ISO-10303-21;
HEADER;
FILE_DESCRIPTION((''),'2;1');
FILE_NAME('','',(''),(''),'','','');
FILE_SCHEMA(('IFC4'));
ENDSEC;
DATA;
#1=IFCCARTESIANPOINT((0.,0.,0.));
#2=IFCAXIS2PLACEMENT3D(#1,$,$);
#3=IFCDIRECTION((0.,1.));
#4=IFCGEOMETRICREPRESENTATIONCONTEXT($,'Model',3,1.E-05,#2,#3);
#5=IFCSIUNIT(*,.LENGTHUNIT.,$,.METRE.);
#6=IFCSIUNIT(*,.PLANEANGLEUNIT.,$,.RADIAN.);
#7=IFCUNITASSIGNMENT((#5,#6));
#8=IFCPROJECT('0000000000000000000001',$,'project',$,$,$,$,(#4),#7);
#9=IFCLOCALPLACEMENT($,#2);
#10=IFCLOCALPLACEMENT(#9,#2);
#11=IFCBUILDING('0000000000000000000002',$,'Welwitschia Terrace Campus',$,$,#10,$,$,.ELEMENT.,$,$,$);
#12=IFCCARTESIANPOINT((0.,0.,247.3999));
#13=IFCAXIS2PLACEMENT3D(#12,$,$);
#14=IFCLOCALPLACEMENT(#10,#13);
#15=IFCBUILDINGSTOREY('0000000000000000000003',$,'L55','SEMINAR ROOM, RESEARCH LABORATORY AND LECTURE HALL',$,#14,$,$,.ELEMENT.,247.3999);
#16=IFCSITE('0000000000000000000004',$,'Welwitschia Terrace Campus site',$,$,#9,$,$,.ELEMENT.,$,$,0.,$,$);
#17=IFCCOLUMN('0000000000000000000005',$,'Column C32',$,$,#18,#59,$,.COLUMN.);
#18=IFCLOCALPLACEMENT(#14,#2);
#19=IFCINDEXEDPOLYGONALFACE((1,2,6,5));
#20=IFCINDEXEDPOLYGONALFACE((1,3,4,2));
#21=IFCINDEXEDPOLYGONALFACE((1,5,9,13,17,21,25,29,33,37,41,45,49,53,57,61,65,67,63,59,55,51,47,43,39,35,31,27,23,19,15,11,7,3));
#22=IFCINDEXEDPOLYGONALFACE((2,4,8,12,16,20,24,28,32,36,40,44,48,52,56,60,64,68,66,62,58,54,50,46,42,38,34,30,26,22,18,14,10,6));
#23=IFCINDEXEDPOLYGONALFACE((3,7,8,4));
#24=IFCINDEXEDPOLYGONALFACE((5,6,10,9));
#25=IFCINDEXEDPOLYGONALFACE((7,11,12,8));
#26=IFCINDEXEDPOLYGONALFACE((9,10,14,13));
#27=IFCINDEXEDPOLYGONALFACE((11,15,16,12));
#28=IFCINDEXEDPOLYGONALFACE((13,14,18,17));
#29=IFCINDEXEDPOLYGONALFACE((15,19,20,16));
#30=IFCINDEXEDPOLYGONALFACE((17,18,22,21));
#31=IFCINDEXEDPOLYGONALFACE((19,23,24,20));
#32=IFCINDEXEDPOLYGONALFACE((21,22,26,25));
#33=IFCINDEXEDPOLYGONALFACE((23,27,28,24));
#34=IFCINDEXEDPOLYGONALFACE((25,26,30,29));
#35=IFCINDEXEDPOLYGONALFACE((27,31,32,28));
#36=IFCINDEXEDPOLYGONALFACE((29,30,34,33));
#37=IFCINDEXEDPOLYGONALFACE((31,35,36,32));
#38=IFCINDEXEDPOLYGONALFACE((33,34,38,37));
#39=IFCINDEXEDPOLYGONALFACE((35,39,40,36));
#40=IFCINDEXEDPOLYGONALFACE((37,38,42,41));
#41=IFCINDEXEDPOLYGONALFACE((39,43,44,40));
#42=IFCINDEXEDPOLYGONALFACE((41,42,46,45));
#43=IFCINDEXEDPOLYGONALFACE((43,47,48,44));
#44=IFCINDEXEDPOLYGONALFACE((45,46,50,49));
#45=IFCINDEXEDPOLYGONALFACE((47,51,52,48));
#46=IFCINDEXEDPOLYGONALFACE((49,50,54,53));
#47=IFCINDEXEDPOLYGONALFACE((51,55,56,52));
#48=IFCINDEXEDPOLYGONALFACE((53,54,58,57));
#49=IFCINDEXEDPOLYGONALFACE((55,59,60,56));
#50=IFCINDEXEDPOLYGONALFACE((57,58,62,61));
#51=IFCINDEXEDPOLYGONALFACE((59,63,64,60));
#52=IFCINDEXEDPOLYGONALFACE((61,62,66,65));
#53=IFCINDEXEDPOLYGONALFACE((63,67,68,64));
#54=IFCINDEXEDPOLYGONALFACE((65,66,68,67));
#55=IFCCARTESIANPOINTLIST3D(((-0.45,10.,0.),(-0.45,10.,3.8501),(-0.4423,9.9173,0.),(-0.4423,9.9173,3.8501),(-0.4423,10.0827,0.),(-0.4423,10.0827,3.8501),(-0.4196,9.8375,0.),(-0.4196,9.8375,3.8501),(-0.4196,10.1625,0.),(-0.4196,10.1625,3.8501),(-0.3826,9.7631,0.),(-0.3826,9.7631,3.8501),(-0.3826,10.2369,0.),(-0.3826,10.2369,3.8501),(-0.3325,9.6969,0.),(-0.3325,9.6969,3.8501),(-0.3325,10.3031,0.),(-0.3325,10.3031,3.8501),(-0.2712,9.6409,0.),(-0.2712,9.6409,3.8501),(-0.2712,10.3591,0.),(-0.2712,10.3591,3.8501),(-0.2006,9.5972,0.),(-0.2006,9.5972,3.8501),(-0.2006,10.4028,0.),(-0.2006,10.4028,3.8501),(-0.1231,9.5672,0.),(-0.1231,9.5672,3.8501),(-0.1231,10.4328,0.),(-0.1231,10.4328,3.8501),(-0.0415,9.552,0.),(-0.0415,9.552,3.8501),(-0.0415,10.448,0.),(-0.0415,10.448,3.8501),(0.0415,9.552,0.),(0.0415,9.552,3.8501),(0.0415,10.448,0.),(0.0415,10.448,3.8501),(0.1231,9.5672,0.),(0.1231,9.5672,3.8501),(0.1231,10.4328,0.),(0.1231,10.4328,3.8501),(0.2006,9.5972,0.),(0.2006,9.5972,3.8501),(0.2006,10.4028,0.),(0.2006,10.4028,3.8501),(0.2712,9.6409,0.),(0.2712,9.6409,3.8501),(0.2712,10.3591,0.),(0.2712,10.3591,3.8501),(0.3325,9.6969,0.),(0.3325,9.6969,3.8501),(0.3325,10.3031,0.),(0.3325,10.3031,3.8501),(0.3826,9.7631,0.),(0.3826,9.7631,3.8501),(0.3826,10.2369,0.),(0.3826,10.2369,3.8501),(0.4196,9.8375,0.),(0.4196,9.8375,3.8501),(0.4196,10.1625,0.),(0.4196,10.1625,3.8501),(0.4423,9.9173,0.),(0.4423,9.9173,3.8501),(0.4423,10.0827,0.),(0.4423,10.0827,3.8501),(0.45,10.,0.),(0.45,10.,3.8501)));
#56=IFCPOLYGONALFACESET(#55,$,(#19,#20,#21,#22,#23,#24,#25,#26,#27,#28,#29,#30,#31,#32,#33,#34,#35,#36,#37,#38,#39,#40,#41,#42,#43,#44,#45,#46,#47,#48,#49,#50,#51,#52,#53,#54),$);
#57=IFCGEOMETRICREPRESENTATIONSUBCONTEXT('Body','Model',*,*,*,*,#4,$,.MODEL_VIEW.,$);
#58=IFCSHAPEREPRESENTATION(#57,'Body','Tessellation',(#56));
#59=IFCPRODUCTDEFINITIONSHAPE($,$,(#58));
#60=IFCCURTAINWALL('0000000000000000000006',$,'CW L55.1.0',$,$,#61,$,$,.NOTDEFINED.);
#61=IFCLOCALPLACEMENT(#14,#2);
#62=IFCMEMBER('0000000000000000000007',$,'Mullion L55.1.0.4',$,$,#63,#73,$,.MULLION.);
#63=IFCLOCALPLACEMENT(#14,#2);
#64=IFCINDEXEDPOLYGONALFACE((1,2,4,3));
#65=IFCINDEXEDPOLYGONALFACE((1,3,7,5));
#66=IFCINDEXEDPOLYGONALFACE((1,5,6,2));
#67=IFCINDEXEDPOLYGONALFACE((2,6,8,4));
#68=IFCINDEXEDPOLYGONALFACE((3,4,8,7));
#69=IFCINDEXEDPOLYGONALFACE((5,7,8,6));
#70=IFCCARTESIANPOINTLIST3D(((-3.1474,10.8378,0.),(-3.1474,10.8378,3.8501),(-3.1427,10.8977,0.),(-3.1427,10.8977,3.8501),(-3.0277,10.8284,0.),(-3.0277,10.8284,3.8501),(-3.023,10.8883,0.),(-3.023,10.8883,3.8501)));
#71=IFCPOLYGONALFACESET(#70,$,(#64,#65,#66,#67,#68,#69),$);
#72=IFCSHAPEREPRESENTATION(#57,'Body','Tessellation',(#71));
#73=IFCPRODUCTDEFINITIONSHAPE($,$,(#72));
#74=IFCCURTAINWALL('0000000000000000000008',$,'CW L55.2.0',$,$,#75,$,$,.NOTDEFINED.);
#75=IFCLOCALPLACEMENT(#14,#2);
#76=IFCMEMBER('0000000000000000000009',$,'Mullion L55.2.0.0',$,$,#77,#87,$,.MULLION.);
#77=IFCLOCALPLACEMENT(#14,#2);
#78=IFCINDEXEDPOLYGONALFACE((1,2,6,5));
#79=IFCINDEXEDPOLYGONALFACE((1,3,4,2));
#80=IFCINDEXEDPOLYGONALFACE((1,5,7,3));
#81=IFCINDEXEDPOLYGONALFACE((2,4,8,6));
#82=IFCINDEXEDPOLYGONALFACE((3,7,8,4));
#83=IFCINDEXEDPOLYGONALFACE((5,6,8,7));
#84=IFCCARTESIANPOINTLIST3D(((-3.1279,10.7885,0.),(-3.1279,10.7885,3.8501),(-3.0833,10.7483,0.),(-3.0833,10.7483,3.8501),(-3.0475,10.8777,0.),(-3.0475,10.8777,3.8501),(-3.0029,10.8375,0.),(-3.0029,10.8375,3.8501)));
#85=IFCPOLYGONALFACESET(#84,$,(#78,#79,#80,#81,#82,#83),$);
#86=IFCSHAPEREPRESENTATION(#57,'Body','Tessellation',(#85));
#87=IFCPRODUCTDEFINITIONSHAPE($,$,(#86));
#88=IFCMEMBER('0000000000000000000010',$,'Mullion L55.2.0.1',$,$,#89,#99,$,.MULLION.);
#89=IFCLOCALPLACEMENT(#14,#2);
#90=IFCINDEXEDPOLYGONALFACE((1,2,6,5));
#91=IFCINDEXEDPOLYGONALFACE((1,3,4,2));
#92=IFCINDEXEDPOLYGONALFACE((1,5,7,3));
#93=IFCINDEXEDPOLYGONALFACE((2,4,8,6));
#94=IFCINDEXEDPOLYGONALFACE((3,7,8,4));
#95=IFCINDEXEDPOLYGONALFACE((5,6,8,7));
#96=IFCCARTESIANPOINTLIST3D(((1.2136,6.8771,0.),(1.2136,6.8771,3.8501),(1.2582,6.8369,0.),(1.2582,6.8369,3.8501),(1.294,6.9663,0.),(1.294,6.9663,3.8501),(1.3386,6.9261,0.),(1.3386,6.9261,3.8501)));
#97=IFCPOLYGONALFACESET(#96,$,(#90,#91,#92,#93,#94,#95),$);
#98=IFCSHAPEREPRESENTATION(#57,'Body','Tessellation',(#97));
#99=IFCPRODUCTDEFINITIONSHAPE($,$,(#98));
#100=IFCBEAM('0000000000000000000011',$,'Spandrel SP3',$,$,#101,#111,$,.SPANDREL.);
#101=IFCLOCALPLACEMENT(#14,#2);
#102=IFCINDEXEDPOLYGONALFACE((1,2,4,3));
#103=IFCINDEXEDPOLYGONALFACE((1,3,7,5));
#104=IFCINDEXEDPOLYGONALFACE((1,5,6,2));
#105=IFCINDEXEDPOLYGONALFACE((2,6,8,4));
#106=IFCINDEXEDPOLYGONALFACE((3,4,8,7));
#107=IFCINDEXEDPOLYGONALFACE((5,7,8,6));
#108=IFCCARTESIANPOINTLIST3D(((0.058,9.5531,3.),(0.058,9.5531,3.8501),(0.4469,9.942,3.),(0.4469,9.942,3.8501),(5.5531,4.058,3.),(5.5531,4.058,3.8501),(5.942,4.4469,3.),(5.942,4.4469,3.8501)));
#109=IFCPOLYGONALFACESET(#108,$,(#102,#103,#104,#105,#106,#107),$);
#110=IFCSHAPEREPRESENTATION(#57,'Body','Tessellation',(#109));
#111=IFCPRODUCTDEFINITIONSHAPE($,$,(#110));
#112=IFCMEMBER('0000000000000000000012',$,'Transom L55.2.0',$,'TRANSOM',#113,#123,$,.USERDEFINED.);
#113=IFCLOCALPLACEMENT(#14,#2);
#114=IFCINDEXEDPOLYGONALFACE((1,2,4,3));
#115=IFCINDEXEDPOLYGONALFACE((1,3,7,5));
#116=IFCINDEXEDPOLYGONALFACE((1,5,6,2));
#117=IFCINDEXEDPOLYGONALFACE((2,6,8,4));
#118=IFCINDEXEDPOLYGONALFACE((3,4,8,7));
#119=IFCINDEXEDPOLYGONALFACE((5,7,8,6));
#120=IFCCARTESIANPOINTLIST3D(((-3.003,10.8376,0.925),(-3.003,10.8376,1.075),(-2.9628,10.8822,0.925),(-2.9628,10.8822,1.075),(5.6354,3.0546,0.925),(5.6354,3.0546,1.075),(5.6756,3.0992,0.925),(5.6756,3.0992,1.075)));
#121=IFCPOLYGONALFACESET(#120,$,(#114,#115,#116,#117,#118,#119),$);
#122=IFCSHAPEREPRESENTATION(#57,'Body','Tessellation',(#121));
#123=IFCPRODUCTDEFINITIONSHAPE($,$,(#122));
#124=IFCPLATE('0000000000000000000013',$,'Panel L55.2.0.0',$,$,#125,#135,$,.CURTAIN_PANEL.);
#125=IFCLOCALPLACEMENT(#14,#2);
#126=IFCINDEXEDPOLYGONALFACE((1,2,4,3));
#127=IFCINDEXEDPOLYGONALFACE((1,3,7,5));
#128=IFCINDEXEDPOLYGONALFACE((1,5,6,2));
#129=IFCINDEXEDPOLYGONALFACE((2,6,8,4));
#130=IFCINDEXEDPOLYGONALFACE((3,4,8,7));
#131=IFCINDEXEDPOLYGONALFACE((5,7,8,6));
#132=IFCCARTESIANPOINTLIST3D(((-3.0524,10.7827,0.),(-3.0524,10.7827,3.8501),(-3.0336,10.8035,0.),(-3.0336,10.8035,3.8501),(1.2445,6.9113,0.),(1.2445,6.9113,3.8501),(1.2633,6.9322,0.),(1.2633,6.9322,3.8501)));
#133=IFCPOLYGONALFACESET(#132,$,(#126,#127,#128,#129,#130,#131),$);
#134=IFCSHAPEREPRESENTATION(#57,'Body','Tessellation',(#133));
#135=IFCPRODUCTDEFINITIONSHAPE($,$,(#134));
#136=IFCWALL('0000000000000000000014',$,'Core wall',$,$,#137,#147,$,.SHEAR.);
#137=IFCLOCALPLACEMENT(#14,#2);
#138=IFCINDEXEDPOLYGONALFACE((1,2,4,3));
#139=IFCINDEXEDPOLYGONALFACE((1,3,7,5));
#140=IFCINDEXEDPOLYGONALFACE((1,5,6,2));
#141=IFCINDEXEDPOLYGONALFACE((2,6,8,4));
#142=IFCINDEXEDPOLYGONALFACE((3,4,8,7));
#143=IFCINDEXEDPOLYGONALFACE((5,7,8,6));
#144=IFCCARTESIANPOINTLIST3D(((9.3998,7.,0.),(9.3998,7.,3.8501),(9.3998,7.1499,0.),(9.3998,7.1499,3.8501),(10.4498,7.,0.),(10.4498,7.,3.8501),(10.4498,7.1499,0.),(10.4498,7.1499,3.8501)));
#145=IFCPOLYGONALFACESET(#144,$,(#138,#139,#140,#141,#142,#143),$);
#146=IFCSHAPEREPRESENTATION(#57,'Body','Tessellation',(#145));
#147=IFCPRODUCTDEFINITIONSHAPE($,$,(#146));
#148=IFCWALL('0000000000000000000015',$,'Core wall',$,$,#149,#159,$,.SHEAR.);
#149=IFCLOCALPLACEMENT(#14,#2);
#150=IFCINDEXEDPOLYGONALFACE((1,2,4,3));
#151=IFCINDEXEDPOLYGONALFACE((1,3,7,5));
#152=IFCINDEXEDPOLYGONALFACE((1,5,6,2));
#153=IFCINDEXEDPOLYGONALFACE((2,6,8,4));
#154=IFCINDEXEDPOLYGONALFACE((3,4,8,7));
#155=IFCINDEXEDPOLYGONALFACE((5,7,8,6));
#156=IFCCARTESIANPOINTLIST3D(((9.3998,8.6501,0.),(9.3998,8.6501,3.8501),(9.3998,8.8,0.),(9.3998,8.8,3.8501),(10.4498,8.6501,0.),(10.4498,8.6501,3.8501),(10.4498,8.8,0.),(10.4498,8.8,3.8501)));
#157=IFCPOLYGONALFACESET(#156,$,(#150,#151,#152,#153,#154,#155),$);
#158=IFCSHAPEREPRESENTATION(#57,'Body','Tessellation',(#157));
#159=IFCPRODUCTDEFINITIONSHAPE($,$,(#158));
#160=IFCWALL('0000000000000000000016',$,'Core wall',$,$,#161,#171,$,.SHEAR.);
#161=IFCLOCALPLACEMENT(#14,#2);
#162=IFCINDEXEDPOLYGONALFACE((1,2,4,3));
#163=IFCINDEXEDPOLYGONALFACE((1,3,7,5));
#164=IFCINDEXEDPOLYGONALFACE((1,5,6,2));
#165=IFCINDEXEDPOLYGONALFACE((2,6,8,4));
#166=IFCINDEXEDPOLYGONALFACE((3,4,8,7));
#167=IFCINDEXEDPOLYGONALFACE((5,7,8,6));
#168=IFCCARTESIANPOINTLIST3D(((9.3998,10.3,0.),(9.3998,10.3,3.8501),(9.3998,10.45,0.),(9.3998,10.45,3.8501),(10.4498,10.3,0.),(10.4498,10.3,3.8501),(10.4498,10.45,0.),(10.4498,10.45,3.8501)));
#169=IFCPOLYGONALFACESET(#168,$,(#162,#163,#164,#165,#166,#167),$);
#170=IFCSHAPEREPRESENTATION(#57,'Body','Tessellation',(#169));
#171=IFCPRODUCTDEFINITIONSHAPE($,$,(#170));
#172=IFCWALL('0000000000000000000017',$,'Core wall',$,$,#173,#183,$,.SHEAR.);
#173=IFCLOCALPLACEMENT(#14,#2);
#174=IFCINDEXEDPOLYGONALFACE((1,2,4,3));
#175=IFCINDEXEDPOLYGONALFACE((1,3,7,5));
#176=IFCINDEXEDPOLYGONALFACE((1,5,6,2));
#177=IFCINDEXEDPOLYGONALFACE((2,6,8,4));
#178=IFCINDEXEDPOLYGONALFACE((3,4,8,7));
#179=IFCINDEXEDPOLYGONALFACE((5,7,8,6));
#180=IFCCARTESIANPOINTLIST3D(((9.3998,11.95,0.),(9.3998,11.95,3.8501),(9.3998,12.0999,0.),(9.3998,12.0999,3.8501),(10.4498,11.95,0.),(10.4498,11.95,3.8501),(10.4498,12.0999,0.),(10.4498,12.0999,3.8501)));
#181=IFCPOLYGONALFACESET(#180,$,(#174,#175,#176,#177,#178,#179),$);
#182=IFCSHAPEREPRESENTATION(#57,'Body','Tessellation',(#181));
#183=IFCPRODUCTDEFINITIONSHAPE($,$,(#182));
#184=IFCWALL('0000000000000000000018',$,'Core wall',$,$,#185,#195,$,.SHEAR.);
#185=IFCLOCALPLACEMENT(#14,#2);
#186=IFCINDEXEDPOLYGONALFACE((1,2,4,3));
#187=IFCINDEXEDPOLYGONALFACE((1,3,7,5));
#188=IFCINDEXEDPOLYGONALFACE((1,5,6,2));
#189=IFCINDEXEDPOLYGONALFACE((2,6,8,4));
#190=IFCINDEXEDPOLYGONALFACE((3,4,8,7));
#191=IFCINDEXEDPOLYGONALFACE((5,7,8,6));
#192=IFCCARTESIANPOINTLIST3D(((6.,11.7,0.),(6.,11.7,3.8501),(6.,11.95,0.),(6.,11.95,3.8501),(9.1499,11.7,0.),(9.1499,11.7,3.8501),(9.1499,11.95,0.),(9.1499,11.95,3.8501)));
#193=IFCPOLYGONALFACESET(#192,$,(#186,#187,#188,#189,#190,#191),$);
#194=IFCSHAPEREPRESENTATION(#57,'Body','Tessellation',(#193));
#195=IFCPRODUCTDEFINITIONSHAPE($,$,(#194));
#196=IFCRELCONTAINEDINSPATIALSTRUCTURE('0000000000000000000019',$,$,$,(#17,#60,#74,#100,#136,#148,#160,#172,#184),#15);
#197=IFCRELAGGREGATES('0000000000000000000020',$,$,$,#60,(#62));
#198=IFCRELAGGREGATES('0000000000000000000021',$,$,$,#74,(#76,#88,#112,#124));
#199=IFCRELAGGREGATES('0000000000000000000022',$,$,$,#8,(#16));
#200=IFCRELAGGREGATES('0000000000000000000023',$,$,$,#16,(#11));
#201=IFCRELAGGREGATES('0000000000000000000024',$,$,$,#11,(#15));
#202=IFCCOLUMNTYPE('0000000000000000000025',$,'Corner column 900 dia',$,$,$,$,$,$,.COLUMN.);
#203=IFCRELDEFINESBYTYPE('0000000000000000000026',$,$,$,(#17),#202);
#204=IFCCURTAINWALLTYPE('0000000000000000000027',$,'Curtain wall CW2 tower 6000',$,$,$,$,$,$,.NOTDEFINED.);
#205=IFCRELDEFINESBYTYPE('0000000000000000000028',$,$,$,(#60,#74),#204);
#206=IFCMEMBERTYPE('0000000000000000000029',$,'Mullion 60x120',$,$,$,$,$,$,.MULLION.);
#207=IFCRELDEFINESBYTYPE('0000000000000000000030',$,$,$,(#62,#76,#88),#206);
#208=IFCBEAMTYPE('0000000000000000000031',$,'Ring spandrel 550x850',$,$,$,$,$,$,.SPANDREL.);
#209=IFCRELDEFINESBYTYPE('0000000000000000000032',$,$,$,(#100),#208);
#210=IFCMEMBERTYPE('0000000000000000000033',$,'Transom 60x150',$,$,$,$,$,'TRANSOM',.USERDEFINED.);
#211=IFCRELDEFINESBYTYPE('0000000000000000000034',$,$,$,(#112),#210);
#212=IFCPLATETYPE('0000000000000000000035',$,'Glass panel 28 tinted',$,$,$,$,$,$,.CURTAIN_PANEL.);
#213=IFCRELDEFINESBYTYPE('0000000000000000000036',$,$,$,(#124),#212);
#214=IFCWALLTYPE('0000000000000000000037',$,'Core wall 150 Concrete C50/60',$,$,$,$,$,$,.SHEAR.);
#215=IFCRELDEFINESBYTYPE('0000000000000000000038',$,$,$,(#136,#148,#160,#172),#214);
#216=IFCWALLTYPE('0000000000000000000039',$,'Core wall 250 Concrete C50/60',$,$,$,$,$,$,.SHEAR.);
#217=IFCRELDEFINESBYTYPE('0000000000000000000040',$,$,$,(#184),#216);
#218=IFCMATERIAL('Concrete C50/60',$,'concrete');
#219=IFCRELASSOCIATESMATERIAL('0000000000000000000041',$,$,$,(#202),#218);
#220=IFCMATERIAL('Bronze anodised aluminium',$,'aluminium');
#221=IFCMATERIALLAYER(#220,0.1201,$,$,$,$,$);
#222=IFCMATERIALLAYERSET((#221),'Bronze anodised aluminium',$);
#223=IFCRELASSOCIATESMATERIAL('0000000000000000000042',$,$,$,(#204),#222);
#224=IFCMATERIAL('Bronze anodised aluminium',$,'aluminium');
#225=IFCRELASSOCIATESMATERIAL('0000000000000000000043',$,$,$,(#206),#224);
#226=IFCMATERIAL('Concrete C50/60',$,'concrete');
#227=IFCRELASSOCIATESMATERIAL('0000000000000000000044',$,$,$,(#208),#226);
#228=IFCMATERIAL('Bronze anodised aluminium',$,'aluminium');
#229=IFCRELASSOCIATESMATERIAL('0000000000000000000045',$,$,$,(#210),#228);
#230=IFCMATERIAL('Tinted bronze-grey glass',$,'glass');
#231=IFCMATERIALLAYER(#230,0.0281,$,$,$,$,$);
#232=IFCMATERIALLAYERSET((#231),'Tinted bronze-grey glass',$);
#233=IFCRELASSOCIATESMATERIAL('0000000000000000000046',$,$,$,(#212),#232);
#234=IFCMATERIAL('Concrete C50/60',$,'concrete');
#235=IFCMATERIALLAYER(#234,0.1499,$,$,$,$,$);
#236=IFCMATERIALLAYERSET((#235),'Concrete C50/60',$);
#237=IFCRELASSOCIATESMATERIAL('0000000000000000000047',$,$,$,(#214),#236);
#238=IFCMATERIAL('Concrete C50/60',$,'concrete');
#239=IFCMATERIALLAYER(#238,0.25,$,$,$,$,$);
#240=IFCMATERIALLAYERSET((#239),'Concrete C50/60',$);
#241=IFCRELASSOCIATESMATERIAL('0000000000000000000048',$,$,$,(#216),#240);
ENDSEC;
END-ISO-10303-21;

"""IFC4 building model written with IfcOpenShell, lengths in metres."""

from ifc_helpers import new_model, si_unit, direction, frame, frame_2d, origin, origin_2d, place, context, subcontext, project, spatial, rectangle, circle, extrude, material, layer, layer_set, material_profile, profile_set, type_object, element, aggregate, save


model = new_model("IFC4")

# Units and contexts
model_context = context("Model", 3, precision=1e-05, world=origin(), true_north=direction((0.0, 1.0)))
body_context = subcontext(model_context, "Body", "Model", "MODEL_VIEW")
ifc_project = project(units=[si_unit("LENGTHUNIT", "METRE"), si_unit("PLANEANGLEUNIT", "RADIAN")], contexts=[model_context])

# Site, building, storey
site_placement = place(None, origin())
site = spatial("IfcSite", under=ifc_project, at=site_placement, Name="Welwitschia Terrace Campus site", CompositionType="ELEMENT", RefElevation=0.0)
building_placement = place(site_placement, origin())
building = spatial("IfcBuilding", under=site, at=building_placement, Name="Welwitschia Terrace Campus", CompositionType="ELEMENT")
storey_placement = place(building_placement, frame((0.0, 0.0, 247.3999)))
storey = spatial("IfcBuildingStorey", under=building, at=storey_placement, Name="L55", Description="SEMINAR ROOM, RESEARCH LABORATORY AND LECTURE HALL", CompositionType="ELEMENT", Elevation=247.3999)

# Column
ifc_material_1 = material(Name="Concrete C50/60", Category="concrete")
ifc_material_profile_1 = material_profile(ifc_material_1, circle(Radius=0.45, at=origin_2d()))
ifc_profile_set_1 = profile_set([ifc_material_profile_1], Name="Concrete C50/60")
column_type = type_object("IfcColumnType", Name="Corner column 900 dia", PredefinedType="COLUMN", material=ifc_profile_set_1)
column_placement = place(storey_placement, frame((0.0, 10.0, 0.0), z_axis=(0.0, 0.0, 1.0), x_axis=(1.0, 0.0, 0.0)))
element("IfcColumn", 1, at=column_placement, inside=storey, type_object=column_type, Name="Column C32", PredefinedType="COLUMN", context=body_context, shape_type="SweptSolid", body=[
    extrude(circle(Radius=0.45, at=origin_2d()), origin(), (0.0, 0.0, 1.0), 3.8501),
])

# Curtain wall, member
ifc_material_2 = material(Name="Bronze anodised aluminium", Category="aluminium")
ifc_layer_1 = layer(ifc_material_2, 0.1201)
ifc_layer_set_1 = layer_set([ifc_layer_1], Name="Bronze anodised aluminium")
curtain_wall_type = type_object("IfcCurtainWallType", Name="Curtain wall CW2 tower 6000", PredefinedType="NOTDEFINED", material=ifc_layer_set_1)
curtain_wall_1_placement = place(storey_placement, origin())
curtain_wall_1 = element("IfcCurtainWall", 2, at=curtain_wall_1_placement, inside=storey, type_object=curtain_wall_type, Name="CW L55.1.0", PredefinedType="NOTDEFINED")
ifc_material_3 = material(Name="Bronze anodised aluminium", Category="aluminium")
ifc_material_profile_2 = material_profile(ifc_material_3, rectangle(XDim=0.1201, YDim=0.0601, at=origin_2d()))
ifc_profile_set_2 = profile_set([ifc_material_profile_2], Name="Bronze anodised aluminium")
member_type_1 = type_object("IfcMemberType", Name="Mullion 60x120", PredefinedType="MULLION", material=ifc_profile_set_2)
member_1_placement = place(storey_placement, frame((-3.0852, 10.863, 0.0), z_axis=(0.0, 0.0, 1.0), x_axis=(0.996917, -0.078459, 0.0)))
member_1 = element("IfcMember", 3, at=member_1_placement, type_object=member_type_1, Name="Mullion L55.1.0.4", PredefinedType="MULLION", context=body_context, shape_type="SweptSolid", body=[
    extrude(rectangle(XDim=0.1201, YDim=0.0601, at=origin_2d()), origin(), (0.0, 0.0, 1.0), 3.8501),
])
aggregate(curtain_wall_1, [member_1])

# Curtain wall, members
curtain_wall_2_placement = place(storey_placement, origin())
curtain_wall_2 = element("IfcCurtainWall", 4, at=curtain_wall_2_placement, inside=storey, type_object=curtain_wall_type, Name="CW L55.2.0", PredefinedType="NOTDEFINED")
member_2_placement = place(storey_placement, frame((-3.0654, 10.813, 0.0), z_axis=(0.0, 0.0, 1.0), x_axis=(0.669359, 0.742939, 0.0)))
member_2 = element("IfcMember", 5, at=member_2_placement, type_object=member_type_1, Name="Mullion L55.2.0.0", PredefinedType="MULLION", context=body_context, shape_type="SweptSolid", body=[
    extrude(rectangle(XDim=0.1201, YDim=0.0601, at=origin_2d()), origin(), (0.0, 0.0, 1.0), 3.8501),
])
member_3_placement = place(storey_placement, frame((1.2761, 6.9016, 0.0), z_axis=(0.0, 0.0, 1.0), x_axis=(0.669359, 0.742939, 0.0)))
member_3 = element("IfcMember", 6, at=member_3_placement, type_object=member_type_1, Name="Mullion L55.2.0.1", PredefinedType="MULLION", context=body_context, shape_type="SweptSolid", body=[
    extrude(rectangle(XDim=0.1201, YDim=0.0601, at=origin_2d()), origin(), (0.0, 0.0, 1.0), 3.8501),
])

# Beam
ifc_material_4 = material(Name="Concrete C50/60", Category="concrete")
ifc_material_profile_3 = material_profile(ifc_material_4, rectangle(XDim=0.55, YDim=0.8501, at=origin_2d()))
ifc_profile_set_3 = profile_set([ifc_material_profile_3], Name="Concrete C50/60")
beam_type = type_object("IfcBeamType", Name="Ring spandrel 550x850", PredefinedType="SPANDREL", material=ifc_profile_set_3)
beam_placement = place(storey_placement, frame((0.2524, 9.7476, 3.425), z_axis=(0.707107, -0.707107, 0.0), x_axis=(0.707107, 0.707107, 0.0)))
element("IfcBeam", 7, at=beam_placement, inside=storey, type_object=beam_type, Name="Spandrel SP3", PredefinedType="SPANDREL", context=body_context, shape_type="SweptSolid", body=[
    extrude(rectangle(XDim=0.55, YDim=0.8501, at=origin_2d()), origin(), (0.0, 0.0, 1.0), 7.7712),
])

# Member
ifc_material_5 = material(Name="Bronze anodised aluminium", Category="aluminium")
ifc_material_profile_4 = material_profile(ifc_material_5, rectangle(XDim=0.0601, YDim=0.1499, at=origin_2d()))
ifc_profile_set_4 = profile_set([ifc_material_profile_4], Name="Bronze anodised aluminium")
member_type_2 = type_object("IfcMemberType", Name="Transom 60x150", ElementType="TRANSOM", PredefinedType="USERDEFINED", material=ifc_profile_set_4)
member_4_placement = place(storey_placement, frame((-2.9829, 10.8599, 1.0), z_axis=(0.742936, -0.669363, 0.0), x_axis=(0.669363, 0.742936, 0.0)))
member_4 = element("IfcMember", 8, at=member_4_placement, type_object=member_type_2, Name="Transom L55.2.0", ObjectType="TRANSOM", PredefinedType="USERDEFINED", context=body_context, shape_type="SweptSolid", body=[
    extrude(rectangle(XDim=0.0601, YDim=0.1499, at=origin_2d()), origin(), (0.0, 0.0, 1.0), 11.6274),
])

# Plate
ifc_material_6 = material(Name="Tinted bronze-grey glass", Category="glass")
ifc_layer_2 = layer(ifc_material_6, 0.0281)
ifc_layer_set_2 = layer_set([ifc_layer_2], Name="Tinted bronze-grey glass")
plate_type = type_object("IfcPlateType", Name="Glass panel 28 tinted", PredefinedType="CURTAIN_PANEL", material=ifc_layer_set_2)
plate_placement = place(storey_placement, frame((-0.8945, 8.8574, 0.0), z_axis=(0.0, 0.0, 1.0), x_axis=(0.742939, -0.669359, 0.0)))
plate = element("IfcPlate", 9, at=plate_placement, type_object=plate_type, Name="Panel L55.2.0.0", PredefinedType="CURTAIN_PANEL", context=body_context, shape_type="SweptSolid", body=[
    extrude(rectangle(XDim=5.7837, YDim=0.0281, at=origin_2d()), origin(), (0.0, 0.0, 1.0), 3.8501),
])
aggregate(curtain_wall_2, [member_2, member_3, member_4, plate])

# Walls
ifc_material_7 = material(Name="Concrete C50/60", Category="concrete")
ifc_layer_3 = layer(ifc_material_7, 0.1499)
ifc_layer_set_3 = layer_set([ifc_layer_3], Name="Concrete C50/60")
wall_type_1 = type_object("IfcWallType", Name="Core wall 150 Concrete C50/60", PredefinedType="SHEAR", material=ifc_layer_set_3)
for number, where, z_axis, x_axis, name in (
    (10, (9.3999, 7.075, 0.0), (0.0, 0.0, 1.0), (1.0, 0.0, 0.0), "Core wall"),
    (11, (9.3999, 8.7251, 0.0), (0.0, 0.0, 1.0), (1.0, 0.0, 0.0), "Core wall"),
    (12, (9.3999, 10.375, 0.0), (0.0, 0.0, 1.0), (1.0, 0.0, 0.0), "Core wall"),
    (13, (9.3999, 12.0249, 0.0), (0.0, 0.0, 1.0), (1.0, 0.0, 0.0), "Core wall"),
):
    element("IfcWall", number, at=place(storey_placement, frame(where, z_axis=z_axis, x_axis=x_axis)), inside=storey, type_object=wall_type_1, Name=name, PredefinedType="SHEAR", context=body_context, shape_type="SweptSolid", body=[
        extrude(rectangle(XDim=1.05, YDim=0.1499, at=frame_2d((0.5249, 0.0))), origin(), (0.0, 0.0, 1.0), 3.8501),
    ])
ifc_material_8 = material(Name="Concrete C50/60", Category="concrete")
ifc_layer_4 = layer(ifc_material_8, 0.25)
ifc_layer_set_4 = layer_set([ifc_layer_4], Name="Concrete C50/60")
wall_type_2 = type_object("IfcWallType", Name="Core wall 250 Concrete C50/60", PredefinedType="SHEAR", material=ifc_layer_set_4)
wall_1_placement = place(storey_placement, frame((6.0, 11.825, 0.0), z_axis=(0.0, 0.0, 1.0), x_axis=(1.0, 0.0, 0.0)))
element("IfcWall", 14, at=wall_1_placement, inside=storey, type_object=wall_type_2, Name="Core wall", PredefinedType="SHEAR", context=body_context, shape_type="SweptSolid", body=[
    extrude(rectangle(XDim=3.1499, YDim=0.25, at=frame_2d((1.575, 0.0))), origin(), (0.0, 0.0, 1.0), 3.8501),
])

save(model, "model.ifc")
